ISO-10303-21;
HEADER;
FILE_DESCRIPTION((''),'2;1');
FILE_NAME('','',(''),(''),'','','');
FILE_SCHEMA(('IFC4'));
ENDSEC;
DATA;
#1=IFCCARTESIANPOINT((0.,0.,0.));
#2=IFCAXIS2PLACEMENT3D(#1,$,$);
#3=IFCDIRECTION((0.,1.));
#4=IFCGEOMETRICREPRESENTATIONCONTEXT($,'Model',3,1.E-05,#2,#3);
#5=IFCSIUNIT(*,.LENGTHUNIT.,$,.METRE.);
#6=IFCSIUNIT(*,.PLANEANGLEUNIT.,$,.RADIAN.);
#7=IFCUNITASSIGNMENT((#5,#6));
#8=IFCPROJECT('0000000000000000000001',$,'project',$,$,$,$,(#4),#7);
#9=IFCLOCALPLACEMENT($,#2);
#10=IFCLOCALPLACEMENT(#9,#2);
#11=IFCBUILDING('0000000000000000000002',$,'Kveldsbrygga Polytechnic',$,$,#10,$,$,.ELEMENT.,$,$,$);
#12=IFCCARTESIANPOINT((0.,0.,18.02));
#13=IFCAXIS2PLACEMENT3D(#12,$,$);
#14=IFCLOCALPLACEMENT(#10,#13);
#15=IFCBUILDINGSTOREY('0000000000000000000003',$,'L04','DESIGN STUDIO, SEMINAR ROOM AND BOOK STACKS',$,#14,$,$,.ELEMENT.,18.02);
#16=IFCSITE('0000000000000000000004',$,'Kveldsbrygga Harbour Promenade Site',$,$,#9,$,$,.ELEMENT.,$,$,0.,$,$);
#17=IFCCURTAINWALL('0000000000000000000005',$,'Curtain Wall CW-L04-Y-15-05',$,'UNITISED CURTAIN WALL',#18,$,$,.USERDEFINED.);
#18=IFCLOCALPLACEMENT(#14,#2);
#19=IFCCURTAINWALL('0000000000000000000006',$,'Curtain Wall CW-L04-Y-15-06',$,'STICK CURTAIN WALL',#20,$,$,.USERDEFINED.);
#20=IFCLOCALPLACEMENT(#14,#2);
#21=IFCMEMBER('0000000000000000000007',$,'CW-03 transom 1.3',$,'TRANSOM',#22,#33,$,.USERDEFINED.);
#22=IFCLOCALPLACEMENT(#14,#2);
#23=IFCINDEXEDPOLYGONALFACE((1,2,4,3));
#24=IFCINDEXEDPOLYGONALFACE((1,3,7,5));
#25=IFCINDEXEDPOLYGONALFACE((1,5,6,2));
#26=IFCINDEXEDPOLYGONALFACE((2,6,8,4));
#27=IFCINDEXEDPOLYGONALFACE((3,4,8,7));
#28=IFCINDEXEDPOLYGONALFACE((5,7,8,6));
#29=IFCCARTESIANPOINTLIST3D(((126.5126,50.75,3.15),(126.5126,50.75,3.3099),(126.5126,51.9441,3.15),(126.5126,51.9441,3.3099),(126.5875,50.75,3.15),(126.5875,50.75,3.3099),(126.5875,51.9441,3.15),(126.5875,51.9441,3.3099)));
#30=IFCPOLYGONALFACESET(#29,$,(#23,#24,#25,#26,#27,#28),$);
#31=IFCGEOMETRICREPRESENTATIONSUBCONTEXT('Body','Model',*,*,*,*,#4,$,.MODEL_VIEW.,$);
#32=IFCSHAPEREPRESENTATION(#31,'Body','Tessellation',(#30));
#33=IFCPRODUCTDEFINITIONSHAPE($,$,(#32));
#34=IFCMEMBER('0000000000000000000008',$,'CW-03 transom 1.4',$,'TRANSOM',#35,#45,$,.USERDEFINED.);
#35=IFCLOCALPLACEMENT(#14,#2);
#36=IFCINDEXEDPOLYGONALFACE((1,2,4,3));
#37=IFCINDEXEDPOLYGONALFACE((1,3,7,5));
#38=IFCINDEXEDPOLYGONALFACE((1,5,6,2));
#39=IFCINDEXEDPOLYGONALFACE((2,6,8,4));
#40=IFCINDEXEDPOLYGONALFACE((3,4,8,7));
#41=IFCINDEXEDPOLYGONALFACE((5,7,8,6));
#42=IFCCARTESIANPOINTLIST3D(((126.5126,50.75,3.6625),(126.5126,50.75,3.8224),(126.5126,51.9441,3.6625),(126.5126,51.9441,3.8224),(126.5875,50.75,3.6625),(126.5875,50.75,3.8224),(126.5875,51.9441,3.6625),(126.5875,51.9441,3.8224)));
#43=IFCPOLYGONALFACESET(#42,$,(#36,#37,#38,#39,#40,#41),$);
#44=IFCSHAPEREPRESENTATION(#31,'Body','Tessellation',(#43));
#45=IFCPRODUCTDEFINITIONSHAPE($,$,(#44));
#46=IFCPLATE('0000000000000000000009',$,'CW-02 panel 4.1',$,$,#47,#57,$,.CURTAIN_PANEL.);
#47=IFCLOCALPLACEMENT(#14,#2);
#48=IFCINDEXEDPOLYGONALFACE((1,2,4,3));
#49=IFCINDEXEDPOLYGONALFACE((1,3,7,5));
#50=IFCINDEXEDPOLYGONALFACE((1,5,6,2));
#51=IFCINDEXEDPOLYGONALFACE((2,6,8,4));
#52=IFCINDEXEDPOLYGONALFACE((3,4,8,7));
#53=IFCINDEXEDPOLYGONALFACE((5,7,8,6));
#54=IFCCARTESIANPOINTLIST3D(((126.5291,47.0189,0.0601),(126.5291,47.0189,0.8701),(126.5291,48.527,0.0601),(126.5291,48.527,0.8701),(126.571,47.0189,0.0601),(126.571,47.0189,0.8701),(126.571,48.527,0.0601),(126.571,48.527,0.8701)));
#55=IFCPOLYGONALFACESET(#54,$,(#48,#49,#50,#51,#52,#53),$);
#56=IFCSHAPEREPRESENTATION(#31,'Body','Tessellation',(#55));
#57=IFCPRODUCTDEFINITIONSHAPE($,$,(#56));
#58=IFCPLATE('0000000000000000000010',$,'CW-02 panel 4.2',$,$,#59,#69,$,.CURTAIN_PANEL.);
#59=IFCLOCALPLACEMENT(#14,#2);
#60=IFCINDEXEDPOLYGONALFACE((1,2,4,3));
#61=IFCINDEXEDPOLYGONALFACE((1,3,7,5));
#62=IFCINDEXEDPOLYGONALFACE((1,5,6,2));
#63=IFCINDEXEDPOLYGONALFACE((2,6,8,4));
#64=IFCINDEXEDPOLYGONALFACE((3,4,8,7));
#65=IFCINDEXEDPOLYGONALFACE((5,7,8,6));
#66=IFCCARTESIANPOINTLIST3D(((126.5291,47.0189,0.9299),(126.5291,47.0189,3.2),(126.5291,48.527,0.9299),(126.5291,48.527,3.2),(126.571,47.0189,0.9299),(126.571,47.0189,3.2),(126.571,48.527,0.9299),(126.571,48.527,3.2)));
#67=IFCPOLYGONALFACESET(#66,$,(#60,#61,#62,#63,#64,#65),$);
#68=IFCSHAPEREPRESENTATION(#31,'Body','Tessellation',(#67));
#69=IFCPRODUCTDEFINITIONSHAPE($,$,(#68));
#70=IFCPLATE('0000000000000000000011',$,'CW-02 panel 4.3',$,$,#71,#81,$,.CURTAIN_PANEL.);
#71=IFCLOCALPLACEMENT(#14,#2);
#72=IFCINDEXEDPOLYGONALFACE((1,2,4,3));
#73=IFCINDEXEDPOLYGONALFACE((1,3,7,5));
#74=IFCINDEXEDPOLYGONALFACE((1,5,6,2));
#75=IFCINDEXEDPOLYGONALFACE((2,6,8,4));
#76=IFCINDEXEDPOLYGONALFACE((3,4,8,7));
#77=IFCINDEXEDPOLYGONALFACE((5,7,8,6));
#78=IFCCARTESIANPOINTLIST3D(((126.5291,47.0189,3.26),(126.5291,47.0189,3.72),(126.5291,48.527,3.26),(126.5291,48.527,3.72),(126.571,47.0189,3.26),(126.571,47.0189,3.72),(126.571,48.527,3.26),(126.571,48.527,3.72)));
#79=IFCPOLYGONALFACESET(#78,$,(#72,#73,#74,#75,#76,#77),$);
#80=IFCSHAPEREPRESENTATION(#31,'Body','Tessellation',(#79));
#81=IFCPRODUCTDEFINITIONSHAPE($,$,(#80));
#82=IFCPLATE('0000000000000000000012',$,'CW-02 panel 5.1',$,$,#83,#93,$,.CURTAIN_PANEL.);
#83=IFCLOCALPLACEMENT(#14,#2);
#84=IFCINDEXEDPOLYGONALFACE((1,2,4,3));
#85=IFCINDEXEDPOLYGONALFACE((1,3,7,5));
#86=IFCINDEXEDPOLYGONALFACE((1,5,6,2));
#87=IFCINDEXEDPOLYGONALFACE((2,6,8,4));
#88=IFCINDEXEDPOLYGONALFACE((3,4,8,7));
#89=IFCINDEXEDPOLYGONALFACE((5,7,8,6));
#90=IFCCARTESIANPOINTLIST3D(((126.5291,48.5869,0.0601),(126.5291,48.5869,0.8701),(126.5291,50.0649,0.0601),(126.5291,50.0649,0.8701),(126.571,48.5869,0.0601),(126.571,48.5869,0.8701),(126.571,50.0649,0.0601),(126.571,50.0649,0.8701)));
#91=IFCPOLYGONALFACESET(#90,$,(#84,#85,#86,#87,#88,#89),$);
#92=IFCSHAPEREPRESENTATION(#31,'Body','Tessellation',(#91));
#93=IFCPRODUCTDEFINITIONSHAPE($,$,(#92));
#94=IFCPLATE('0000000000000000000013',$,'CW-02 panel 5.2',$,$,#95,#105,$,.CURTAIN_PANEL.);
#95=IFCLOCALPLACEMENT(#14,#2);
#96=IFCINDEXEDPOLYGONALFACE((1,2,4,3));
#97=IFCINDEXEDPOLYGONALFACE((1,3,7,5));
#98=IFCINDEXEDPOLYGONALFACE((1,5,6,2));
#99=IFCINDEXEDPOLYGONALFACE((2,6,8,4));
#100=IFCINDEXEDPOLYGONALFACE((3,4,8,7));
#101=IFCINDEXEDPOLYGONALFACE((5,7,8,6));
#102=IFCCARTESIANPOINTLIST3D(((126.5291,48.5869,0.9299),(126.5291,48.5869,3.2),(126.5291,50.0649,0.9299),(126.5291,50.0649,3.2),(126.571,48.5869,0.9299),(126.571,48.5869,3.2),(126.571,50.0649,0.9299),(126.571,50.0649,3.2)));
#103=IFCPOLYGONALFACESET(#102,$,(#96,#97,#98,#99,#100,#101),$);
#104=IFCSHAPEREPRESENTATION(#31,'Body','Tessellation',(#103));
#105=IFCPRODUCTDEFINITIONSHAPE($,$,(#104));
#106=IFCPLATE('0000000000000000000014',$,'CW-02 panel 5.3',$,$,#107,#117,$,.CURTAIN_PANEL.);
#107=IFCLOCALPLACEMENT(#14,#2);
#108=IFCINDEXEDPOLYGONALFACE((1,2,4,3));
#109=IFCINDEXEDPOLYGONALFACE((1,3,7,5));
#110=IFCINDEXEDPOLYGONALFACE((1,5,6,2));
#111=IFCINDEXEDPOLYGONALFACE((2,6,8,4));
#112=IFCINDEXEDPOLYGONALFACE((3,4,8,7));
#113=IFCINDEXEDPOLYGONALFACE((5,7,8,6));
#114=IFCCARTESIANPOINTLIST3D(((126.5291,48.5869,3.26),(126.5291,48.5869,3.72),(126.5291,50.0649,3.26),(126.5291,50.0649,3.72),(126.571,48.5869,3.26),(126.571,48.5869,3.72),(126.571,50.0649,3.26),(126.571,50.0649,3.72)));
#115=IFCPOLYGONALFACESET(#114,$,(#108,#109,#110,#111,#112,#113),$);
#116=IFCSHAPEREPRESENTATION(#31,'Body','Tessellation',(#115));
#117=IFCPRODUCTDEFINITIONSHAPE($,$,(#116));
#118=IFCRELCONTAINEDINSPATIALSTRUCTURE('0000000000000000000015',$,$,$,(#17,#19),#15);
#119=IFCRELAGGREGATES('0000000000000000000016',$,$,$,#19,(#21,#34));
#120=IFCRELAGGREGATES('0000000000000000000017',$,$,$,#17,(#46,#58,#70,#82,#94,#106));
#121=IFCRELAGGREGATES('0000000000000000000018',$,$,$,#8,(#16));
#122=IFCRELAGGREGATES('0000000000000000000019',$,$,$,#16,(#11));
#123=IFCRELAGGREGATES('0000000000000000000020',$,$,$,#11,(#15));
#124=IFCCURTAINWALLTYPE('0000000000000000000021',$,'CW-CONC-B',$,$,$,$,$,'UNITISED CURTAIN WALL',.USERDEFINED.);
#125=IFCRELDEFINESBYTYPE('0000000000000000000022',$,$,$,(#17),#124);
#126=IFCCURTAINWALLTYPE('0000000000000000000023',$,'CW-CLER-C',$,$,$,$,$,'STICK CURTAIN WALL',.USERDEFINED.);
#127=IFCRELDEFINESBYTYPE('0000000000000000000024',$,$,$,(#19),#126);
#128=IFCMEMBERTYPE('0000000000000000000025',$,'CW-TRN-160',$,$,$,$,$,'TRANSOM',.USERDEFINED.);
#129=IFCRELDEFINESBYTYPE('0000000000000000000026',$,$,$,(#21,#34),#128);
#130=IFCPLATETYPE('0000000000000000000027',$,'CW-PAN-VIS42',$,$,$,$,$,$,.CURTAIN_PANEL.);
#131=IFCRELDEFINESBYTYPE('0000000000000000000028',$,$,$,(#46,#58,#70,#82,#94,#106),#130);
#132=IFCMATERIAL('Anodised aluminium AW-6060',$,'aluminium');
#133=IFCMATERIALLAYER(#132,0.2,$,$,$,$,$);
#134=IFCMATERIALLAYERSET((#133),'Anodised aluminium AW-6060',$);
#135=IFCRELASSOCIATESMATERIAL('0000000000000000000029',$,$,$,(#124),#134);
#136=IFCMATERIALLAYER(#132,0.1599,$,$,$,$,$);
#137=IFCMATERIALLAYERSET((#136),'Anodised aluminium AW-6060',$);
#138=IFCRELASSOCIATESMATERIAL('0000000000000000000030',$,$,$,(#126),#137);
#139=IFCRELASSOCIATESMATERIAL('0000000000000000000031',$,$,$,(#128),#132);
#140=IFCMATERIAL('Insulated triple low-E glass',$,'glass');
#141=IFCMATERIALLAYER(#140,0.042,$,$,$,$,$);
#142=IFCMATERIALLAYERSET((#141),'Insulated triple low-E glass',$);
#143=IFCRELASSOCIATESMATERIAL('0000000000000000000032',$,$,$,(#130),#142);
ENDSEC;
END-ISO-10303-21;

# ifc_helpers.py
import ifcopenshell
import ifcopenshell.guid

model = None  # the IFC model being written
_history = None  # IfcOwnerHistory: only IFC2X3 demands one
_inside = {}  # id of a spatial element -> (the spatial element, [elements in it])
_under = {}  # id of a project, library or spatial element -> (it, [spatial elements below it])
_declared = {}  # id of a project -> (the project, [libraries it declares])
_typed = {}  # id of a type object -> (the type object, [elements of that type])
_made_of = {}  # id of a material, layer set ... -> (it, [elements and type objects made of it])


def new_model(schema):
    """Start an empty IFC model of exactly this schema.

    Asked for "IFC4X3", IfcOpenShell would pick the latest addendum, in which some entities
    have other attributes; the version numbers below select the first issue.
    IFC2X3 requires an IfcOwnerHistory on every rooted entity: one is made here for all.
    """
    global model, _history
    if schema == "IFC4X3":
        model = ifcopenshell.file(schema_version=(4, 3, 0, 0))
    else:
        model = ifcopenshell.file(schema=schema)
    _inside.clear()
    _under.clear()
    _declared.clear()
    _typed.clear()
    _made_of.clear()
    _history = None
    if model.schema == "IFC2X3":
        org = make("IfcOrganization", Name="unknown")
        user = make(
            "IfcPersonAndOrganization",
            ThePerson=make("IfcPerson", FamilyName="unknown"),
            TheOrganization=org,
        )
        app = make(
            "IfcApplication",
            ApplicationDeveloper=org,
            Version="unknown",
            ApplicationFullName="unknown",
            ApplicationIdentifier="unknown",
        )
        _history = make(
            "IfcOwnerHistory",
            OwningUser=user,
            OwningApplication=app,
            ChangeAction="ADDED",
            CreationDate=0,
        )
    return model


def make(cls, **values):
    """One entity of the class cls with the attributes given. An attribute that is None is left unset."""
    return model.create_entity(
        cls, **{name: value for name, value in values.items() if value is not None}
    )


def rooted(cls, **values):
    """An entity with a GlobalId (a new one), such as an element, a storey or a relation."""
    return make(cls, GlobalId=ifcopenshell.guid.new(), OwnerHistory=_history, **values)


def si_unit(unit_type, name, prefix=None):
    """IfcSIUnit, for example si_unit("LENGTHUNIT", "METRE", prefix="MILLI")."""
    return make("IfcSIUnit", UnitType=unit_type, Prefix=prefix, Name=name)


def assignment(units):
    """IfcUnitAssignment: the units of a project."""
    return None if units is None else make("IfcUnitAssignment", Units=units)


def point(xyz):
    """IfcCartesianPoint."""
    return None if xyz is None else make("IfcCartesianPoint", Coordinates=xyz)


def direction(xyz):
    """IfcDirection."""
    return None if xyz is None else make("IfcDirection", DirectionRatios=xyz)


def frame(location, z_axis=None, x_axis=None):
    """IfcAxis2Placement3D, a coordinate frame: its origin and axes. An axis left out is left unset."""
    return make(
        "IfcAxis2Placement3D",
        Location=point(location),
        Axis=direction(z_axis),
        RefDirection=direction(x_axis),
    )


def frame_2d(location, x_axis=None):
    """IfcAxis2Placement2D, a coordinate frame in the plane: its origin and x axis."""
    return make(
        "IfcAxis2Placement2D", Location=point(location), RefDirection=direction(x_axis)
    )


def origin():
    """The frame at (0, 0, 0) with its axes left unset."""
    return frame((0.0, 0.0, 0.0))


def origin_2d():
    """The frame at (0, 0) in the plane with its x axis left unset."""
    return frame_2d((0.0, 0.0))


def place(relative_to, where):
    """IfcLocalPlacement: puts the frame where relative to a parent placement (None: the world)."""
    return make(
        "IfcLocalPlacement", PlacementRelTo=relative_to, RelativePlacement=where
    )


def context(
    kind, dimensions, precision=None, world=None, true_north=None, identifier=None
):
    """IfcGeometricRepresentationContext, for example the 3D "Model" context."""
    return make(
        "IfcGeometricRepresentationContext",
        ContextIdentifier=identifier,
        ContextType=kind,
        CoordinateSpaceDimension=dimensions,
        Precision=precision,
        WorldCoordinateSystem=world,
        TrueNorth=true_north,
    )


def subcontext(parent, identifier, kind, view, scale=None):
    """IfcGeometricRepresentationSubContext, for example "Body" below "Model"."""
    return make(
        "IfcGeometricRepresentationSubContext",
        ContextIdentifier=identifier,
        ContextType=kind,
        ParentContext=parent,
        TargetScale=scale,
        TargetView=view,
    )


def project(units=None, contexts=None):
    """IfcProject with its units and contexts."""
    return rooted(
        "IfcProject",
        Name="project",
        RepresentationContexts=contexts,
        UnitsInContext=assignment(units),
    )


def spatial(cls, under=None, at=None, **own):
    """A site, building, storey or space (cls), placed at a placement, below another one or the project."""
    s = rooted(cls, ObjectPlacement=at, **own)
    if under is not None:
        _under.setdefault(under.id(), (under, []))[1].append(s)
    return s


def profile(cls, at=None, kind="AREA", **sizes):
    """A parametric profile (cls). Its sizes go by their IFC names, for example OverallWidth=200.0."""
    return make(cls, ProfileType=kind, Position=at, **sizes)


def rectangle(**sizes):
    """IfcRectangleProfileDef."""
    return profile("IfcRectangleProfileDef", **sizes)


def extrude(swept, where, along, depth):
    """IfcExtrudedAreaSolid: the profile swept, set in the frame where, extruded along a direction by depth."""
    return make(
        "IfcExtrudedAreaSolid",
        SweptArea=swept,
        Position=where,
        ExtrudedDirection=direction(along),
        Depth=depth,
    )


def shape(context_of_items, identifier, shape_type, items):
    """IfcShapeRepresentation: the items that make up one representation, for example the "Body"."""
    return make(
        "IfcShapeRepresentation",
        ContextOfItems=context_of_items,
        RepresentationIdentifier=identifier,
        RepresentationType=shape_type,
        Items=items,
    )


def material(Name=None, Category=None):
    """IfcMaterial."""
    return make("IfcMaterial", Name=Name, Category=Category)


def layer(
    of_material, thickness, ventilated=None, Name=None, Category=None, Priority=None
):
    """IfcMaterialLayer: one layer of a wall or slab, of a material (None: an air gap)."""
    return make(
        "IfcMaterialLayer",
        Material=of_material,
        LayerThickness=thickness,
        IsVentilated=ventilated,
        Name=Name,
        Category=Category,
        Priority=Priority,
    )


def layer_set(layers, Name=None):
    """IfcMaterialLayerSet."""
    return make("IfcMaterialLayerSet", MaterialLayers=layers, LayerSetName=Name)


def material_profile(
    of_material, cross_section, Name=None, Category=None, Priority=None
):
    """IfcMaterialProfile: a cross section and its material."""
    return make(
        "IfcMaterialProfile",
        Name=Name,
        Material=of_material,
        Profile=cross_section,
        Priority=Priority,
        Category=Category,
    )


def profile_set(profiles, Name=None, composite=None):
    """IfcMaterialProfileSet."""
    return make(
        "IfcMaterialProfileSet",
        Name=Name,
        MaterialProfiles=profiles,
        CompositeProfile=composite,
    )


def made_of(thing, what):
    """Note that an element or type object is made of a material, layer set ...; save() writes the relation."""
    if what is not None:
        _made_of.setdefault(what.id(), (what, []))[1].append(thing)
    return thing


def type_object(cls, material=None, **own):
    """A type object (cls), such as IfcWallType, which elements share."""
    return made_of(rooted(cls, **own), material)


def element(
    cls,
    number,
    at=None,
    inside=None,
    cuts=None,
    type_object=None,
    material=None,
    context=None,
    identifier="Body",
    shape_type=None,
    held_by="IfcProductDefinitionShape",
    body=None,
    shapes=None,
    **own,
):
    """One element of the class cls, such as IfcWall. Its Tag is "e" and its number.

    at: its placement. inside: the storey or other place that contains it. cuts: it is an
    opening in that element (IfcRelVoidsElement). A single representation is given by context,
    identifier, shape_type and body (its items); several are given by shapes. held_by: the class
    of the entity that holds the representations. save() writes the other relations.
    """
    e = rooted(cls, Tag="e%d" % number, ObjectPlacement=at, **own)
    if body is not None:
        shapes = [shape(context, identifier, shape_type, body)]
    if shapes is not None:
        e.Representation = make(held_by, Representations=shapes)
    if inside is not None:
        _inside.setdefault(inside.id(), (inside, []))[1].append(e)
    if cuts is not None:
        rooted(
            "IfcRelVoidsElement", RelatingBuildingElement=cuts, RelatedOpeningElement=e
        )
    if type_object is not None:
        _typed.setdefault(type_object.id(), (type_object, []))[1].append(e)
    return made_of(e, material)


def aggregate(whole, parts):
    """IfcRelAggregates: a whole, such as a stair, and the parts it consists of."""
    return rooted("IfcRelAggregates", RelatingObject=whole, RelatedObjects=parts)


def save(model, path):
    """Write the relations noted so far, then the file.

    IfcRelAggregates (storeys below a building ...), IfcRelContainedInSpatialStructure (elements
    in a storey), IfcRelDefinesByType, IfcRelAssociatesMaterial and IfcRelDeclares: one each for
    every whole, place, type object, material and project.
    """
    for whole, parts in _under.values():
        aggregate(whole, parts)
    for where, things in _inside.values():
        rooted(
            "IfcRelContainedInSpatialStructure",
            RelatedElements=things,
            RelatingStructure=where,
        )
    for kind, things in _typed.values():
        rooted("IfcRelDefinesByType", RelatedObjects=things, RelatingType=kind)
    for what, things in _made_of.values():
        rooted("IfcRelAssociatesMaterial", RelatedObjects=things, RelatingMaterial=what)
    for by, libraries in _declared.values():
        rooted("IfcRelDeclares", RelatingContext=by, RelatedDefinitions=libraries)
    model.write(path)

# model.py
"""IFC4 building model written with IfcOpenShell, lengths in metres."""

from ifc_helpers import new_model, si_unit, direction, frame, origin, origin_2d, place, context, subcontext, project, spatial, rectangle, extrude, material, layer, layer_set, material_profile, profile_set, type_object, element, aggregate, save


model = new_model("IFC4")

# Units and contexts
model_context = context("Model", 3, precision=1e-05, world=origin(), true_north=direction((0.0, 1.0)))
body_context = subcontext(model_context, "Body", "Model", "MODEL_VIEW")
ifc_project = project(units=[si_unit("LENGTHUNIT", "METRE"), si_unit("PLANEANGLEUNIT", "RADIAN")], contexts=[model_context])

# Site, building, storey
site_placement = place(None, origin())
site = spatial("IfcSite", under=ifc_project, at=site_placement, Name="Kveldsbrygga Harbour Promenade Site", CompositionType="ELEMENT", RefElevation=0.0)
building_placement = place(site_placement, origin())
building = spatial("IfcBuilding", under=site, at=building_placement, Name="Kveldsbrygga Polytechnic", CompositionType="ELEMENT")
storey_placement = place(building_placement, frame((0.0, 0.0, 18.02)))
storey = spatial("IfcBuildingStorey", under=building, at=storey_placement, Name="L04", Description="DESIGN STUDIO, SEMINAR ROOM AND BOOK STACKS", CompositionType="ELEMENT", Elevation=18.02)

# Curtain wall
ifc_material_1 = material(Name="Anodised aluminium AW-6060", Category="aluminium")
ifc_layer_1 = layer(ifc_material_1, 0.2)
ifc_layer_set_1 = layer_set([ifc_layer_1], Name="Anodised aluminium AW-6060")
curtain_wall_type_1 = type_object("IfcCurtainWallType", Name="CW-CONC-B", ElementType="UNITISED CURTAIN WALL", PredefinedType="USERDEFINED", material=ifc_layer_set_1)
curtain_wall_1_placement = place(storey_placement, origin())
curtain_wall_1 = element("IfcCurtainWall", 1, at=curtain_wall_1_placement, inside=storey, type_object=curtain_wall_type_1, Name="Curtain Wall CW-L04-Y-15-05", ObjectType="UNITISED CURTAIN WALL", PredefinedType="USERDEFINED")

# Curtain wall
ifc_layer_2 = layer(ifc_material_1, 0.1599)
ifc_layer_set_2 = layer_set([ifc_layer_2], Name="Anodised aluminium AW-6060")
curtain_wall_type_2 = type_object("IfcCurtainWallType", Name="CW-CLER-C", ElementType="STICK CURTAIN WALL", PredefinedType="USERDEFINED", material=ifc_layer_set_2)
curtain_wall_2_placement = place(storey_placement, origin())
curtain_wall_2 = element("IfcCurtainWall", 2, at=curtain_wall_2_placement, inside=storey, type_object=curtain_wall_type_2, Name="Curtain Wall CW-L04-Y-15-06", ObjectType="STICK CURTAIN WALL", PredefinedType="USERDEFINED")

# Members
ifc_material_profile_1 = material_profile(ifc_material_1, rectangle(XDim=0.075, YDim=0.1599, at=origin_2d()), Name="ALU 75x160")
ifc_profile_set_1 = profile_set([ifc_material_profile_1], Name="Anodised aluminium AW-6060")
member_type_1 = type_object("IfcMemberType", Name="CW-TRN-160", ElementType="TRANSOM", PredefinedType="USERDEFINED", material=ifc_profile_set_1)
member_1_placement = place(storey_placement, frame((126.55, 50.75, 3.23), z_axis=(0.0, 1.0, 0.0), x_axis=(-1.0, 0.0, 0.0)))
member_1 = element("IfcMember", 3, at=member_1_placement, type_object=member_type_1, Name="CW-03 transom 1.3", ObjectType="TRANSOM", PredefinedType="USERDEFINED", context=body_context, shape_type="SweptSolid", body=[
    extrude(rectangle(XDim=0.075, YDim=0.1599, at=origin_2d()), origin(), (0.0, 0.0, 1.0), 1.1941),
])
member_2_placement = place(storey_placement, frame((126.55, 50.75, 3.7424), z_axis=(0.0, 1.0, 0.0), x_axis=(-1.0, 0.0, 0.0)))
member_2 = element("IfcMember", 4, at=member_2_placement, type_object=member_type_1, Name="CW-03 transom 1.4", ObjectType="TRANSOM", PredefinedType="USERDEFINED", context=body_context, shape_type="SweptSolid", body=[
    extrude(rectangle(XDim=0.075, YDim=0.1599, at=origin_2d()), origin(), (0.0, 0.0, 1.0), 1.1941),
])
aggregate(curtain_wall_2, [member_1, member_2])

# Plates
ifc_material_2 = material(Name="Insulated triple low-E glass", Category="glass")
ifc_layer_3 = layer(ifc_material_2, 0.042)
ifc_layer_set_3 = layer_set([ifc_layer_3], Name="Insulated triple low-E glass")
plate_type = type_object("IfcPlateType", Name="CW-PAN-VIS42", PredefinedType="CURTAIN_PANEL", material=ifc_layer_set_3)
plate_1_placement = place(storey_placement, frame((126.55, 47.7729, 0.0601), z_axis=(0.0, 0.0, 1.0), x_axis=(0.0, 1.0, 0.0)))
plate_1 = element("IfcPlate", 5, at=plate_1_placement, type_object=plate_type, Name="CW-02 panel 4.1", PredefinedType="CURTAIN_PANEL", context=body_context, shape_type="SweptSolid", body=[
    extrude(rectangle(XDim=1.5081, YDim=0.042, at=origin_2d()), origin(), (0.0, 0.0, 1.0), 0.8101),
])
plate_2_placement = place(storey_placement, frame((126.55, 47.7729, 0.9299), z_axis=(0.0, 0.0, 1.0), x_axis=(0.0, 1.0, 0.0)))
plate_2 = element("IfcPlate", 6, at=plate_2_placement, type_object=plate_type, Name="CW-02 panel 4.2", PredefinedType="CURTAIN_PANEL", context=body_context, shape_type="SweptSolid", body=[
    extrude(rectangle(XDim=1.5081, YDim=0.042, at=origin_2d()), origin(), (0.0, 0.0, 1.0), 2.27),
])
plate_3_placement = place(storey_placement, frame((126.55, 47.7729, 3.26), z_axis=(0.0, 0.0, 1.0), x_axis=(0.0, 1.0, 0.0)))
plate_3 = element("IfcPlate", 7, at=plate_3_placement, type_object=plate_type, Name="CW-02 panel 4.3", PredefinedType="CURTAIN_PANEL", context=body_context, shape_type="SweptSolid", body=[
    extrude(rectangle(XDim=1.5081, YDim=0.042, at=origin_2d()), origin(), (0.0, 0.0, 1.0), 0.46),
])
plate_4_placement = place(storey_placement, frame((126.55, 49.3259, 0.0601), z_axis=(0.0, 0.0, 1.0), x_axis=(0.0, 1.0, 0.0)))
plate_4 = element("IfcPlate", 8, at=plate_4_placement, type_object=plate_type, Name="CW-02 panel 5.1", PredefinedType="CURTAIN_PANEL", context=body_context, shape_type="SweptSolid", body=[
    extrude(rectangle(XDim=1.478, YDim=0.042, at=origin_2d()), origin(), (0.0, 0.0, 1.0), 0.8101),
])
plate_5_placement = place(storey_placement, frame((126.55, 49.3259, 0.9299), z_axis=(0.0, 0.0, 1.0), x_axis=(0.0, 1.0, 0.0)))
plate_5 = element("IfcPlate", 9, at=plate_5_placement, type_object=plate_type, Name="CW-02 panel 5.2", PredefinedType="CURTAIN_PANEL", context=body_context, shape_type="SweptSolid", body=[
    extrude(rectangle(XDim=1.478, YDim=0.042, at=origin_2d()), origin(), (0.0, 0.0, 1.0), 2.27),
])
plate_6_placement = place(storey_placement, frame((126.55, 49.3259, 3.26), z_axis=(0.0, 0.0, 1.0), x_axis=(0.0, 1.0, 0.0)))
plate_6 = element("IfcPlate", 10, at=plate_6_placement, type_object=plate_type, Name="CW-02 panel 5.3", PredefinedType="CURTAIN_PANEL", context=body_context, shape_type="SweptSolid", body=[
    extrude(rectangle(XDim=1.478, YDim=0.042, at=origin_2d()), origin(), (0.0, 0.0, 1.0), 0.46),
])
aggregate(curtain_wall_1, [plate_1, plate_2, plate_3, plate_4, plate_5, plate_6])

save(model, "model.ifc")
